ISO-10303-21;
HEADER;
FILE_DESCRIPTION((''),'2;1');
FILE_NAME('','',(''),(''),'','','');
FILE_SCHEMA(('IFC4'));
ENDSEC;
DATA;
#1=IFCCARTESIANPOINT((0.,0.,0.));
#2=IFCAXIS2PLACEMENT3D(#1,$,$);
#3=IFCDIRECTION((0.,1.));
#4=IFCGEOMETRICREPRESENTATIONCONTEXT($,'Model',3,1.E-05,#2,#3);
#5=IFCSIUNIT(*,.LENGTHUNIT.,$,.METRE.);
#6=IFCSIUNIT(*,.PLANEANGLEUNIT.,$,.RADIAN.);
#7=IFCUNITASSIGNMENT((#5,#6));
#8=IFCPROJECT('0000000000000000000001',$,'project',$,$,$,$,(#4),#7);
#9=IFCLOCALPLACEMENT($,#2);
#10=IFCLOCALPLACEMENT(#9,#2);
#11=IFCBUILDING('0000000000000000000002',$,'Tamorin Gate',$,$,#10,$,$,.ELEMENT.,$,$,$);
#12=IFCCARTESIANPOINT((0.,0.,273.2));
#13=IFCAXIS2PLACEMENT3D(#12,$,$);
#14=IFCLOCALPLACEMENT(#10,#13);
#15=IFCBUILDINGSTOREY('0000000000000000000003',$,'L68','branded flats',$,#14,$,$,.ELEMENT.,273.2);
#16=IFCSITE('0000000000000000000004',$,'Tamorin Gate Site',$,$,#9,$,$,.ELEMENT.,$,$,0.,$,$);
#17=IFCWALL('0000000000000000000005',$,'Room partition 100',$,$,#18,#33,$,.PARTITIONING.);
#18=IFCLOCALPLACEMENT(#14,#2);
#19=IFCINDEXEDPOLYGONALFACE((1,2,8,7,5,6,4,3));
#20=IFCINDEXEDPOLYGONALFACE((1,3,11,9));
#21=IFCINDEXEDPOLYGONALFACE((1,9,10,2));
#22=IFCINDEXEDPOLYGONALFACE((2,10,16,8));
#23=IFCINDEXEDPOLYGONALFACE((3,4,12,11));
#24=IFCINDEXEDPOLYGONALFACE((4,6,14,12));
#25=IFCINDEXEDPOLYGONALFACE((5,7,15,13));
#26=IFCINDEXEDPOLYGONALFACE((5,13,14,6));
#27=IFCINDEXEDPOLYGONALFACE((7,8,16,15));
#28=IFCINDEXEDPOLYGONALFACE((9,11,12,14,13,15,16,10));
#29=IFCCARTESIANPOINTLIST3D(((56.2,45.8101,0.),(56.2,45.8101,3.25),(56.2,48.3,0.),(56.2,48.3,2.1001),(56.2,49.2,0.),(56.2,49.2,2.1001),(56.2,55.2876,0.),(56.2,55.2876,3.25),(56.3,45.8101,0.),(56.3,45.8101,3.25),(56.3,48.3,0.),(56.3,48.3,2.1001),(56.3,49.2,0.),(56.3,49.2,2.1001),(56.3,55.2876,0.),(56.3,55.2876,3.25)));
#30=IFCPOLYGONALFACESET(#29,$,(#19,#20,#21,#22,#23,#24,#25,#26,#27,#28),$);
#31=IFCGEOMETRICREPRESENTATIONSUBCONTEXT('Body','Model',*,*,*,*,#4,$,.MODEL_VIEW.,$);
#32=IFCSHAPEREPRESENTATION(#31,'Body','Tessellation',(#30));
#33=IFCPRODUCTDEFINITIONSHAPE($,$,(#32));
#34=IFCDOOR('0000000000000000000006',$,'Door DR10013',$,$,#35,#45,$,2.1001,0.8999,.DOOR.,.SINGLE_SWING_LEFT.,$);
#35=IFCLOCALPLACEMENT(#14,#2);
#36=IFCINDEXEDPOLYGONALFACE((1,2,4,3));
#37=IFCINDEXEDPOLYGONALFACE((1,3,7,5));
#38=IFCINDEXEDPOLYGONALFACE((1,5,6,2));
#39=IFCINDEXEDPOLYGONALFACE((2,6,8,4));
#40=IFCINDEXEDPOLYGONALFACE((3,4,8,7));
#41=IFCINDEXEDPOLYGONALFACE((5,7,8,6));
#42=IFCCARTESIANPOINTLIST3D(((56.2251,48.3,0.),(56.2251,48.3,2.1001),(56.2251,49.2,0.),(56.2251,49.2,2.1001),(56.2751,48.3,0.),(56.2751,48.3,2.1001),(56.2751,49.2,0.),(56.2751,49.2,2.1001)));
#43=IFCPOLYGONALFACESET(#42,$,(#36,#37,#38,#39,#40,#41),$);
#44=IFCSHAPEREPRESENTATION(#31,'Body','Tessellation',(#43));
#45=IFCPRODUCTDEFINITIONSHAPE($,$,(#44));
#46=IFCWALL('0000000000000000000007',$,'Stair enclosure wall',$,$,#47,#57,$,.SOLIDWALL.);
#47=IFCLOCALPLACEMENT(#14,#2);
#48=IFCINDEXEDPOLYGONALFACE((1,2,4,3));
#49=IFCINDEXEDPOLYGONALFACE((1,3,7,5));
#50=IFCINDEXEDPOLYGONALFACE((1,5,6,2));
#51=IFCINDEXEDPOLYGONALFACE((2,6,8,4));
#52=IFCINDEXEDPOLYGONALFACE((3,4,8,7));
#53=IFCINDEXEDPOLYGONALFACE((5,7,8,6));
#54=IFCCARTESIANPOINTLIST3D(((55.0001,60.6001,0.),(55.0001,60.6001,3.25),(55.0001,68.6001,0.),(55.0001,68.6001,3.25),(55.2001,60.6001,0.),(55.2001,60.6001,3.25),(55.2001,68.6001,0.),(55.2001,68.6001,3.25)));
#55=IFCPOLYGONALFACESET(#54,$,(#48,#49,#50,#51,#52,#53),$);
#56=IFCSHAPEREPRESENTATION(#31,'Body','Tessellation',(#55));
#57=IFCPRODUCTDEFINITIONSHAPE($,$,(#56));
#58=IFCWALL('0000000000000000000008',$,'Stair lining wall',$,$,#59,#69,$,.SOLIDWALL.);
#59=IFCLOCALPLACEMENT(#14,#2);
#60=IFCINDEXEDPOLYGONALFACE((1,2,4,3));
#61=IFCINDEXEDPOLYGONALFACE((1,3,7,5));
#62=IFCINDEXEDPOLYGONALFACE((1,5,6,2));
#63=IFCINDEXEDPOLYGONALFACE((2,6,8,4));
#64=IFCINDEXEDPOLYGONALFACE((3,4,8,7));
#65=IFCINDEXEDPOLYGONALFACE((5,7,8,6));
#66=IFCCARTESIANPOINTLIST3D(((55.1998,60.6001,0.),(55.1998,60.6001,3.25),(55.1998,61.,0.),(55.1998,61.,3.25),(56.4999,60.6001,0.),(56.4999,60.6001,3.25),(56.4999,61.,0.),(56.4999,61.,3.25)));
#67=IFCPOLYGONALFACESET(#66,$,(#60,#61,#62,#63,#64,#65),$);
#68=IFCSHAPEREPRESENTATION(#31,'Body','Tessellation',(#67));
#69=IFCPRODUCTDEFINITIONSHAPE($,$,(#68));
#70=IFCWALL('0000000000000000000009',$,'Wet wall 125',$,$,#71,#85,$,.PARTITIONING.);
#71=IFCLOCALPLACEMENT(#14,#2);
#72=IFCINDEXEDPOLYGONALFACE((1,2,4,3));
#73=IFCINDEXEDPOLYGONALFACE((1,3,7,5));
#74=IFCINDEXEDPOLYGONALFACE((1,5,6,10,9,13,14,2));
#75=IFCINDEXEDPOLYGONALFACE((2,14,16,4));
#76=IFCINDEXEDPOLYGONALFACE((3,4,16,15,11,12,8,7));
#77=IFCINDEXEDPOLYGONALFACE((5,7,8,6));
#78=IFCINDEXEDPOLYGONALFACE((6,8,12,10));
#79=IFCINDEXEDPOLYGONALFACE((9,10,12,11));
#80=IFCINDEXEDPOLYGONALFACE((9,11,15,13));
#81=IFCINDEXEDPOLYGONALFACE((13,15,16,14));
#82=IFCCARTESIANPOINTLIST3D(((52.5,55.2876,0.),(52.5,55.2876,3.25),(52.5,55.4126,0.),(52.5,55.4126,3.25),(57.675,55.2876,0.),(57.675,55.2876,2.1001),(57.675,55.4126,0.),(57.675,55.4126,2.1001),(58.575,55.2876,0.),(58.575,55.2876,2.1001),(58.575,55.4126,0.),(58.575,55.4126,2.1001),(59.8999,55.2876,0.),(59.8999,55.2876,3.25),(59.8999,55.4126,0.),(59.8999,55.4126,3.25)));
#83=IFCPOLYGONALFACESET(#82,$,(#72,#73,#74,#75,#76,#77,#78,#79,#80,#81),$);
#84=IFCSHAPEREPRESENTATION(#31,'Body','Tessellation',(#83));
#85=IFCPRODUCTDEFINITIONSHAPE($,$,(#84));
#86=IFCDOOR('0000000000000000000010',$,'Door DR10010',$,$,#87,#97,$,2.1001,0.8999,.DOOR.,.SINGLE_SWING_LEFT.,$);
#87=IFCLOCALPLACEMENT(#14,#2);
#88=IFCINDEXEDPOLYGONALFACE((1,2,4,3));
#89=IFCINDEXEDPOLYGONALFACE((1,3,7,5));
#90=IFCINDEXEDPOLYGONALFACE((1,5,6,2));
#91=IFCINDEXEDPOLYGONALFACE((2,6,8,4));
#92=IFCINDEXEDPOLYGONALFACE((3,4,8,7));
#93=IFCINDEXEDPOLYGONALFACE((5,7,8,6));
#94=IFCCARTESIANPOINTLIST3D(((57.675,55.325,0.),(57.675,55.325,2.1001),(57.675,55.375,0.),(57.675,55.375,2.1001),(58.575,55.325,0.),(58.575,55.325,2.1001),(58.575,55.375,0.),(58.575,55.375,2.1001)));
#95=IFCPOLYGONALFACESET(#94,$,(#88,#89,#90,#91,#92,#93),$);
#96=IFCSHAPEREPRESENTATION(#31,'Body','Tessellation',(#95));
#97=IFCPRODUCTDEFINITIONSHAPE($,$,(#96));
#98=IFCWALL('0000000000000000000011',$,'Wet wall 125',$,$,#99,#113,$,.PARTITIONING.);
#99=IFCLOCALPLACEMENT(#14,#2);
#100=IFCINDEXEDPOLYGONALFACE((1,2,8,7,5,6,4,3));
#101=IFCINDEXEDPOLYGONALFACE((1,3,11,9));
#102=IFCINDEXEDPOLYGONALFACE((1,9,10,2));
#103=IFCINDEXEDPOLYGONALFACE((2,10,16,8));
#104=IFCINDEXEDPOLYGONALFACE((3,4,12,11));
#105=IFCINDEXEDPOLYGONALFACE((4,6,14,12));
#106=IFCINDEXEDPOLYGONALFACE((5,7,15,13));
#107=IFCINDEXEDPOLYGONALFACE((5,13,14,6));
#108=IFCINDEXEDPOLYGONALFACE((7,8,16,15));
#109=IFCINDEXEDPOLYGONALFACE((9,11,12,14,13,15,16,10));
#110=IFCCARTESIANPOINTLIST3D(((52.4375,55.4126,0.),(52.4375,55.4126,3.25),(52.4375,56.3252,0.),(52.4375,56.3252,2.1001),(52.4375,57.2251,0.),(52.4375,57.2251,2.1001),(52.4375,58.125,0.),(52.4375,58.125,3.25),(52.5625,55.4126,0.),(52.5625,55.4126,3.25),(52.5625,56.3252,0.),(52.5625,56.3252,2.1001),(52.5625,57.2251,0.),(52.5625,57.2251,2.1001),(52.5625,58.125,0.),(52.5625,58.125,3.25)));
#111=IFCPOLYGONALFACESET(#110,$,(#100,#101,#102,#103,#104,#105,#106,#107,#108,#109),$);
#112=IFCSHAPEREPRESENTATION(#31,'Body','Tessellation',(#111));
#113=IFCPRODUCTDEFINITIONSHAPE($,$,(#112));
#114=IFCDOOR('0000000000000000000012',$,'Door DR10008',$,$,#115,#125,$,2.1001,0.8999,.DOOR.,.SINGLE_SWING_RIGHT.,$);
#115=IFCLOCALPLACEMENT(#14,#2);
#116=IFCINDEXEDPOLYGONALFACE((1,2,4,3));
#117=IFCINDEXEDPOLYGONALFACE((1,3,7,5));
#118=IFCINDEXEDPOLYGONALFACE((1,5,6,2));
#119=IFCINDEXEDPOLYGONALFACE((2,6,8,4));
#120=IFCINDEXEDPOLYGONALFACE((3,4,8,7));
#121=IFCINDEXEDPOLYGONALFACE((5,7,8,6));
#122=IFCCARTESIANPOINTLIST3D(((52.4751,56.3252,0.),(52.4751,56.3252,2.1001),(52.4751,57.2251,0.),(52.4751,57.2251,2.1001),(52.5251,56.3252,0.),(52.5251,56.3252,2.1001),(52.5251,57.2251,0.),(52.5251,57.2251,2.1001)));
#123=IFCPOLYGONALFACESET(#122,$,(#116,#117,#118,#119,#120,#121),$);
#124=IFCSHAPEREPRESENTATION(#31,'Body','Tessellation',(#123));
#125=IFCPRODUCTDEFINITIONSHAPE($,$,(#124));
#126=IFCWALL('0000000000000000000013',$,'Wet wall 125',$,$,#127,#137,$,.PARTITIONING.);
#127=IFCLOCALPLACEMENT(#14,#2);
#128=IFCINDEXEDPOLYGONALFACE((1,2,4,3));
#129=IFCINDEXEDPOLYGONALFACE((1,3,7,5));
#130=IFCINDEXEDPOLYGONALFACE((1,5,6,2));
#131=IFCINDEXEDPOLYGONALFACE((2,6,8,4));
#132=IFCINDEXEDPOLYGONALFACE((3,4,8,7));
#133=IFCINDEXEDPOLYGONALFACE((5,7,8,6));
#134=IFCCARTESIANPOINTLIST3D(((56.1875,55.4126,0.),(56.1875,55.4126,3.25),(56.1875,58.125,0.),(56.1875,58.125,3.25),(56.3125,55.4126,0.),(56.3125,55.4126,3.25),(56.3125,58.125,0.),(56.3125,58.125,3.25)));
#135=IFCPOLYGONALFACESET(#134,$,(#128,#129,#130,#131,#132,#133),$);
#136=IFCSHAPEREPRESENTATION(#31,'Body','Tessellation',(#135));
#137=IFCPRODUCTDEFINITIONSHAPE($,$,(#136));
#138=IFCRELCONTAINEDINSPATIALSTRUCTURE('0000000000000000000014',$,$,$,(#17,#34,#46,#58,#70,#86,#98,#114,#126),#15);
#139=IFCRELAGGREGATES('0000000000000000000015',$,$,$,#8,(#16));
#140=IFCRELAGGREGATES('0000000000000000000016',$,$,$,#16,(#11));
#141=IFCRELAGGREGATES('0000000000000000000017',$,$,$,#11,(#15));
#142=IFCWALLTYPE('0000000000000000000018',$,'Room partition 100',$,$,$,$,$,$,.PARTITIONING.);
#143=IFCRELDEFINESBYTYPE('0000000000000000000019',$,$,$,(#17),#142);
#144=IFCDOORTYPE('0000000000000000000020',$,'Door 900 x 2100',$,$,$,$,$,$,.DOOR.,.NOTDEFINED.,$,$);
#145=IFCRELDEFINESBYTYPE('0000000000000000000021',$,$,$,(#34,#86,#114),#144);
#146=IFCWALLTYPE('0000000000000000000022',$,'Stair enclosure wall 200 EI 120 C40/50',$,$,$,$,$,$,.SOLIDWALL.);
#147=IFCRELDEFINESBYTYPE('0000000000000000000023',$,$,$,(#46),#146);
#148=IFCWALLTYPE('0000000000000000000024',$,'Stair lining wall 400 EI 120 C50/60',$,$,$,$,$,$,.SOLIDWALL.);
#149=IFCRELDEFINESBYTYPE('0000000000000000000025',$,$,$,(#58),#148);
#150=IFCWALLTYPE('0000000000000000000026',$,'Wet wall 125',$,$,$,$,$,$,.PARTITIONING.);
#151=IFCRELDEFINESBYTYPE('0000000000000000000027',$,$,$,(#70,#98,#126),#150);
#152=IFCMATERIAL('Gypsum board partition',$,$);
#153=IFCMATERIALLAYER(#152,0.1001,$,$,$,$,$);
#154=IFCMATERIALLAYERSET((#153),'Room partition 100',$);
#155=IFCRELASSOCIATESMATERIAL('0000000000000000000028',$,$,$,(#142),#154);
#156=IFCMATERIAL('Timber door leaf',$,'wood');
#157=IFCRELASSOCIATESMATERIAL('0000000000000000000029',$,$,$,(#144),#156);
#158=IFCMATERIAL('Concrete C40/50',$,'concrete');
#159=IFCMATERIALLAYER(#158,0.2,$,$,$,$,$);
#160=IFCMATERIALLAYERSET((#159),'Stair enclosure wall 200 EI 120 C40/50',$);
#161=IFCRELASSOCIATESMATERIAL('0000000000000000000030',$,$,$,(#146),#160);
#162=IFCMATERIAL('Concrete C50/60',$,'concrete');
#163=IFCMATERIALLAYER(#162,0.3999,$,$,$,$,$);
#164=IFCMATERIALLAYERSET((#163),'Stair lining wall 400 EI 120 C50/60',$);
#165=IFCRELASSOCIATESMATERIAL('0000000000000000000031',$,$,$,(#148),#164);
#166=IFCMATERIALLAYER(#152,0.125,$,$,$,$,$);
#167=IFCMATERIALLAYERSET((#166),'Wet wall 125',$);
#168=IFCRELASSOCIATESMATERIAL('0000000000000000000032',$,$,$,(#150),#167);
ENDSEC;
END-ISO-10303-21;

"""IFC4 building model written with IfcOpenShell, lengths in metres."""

from ifc_helpers import new_model, si_unit, direction, frame, frame_2d, origin, place, context, subcontext, project, spatial, rectangle, extrude, material, layer, layer_set, type_object, element, fill, save


model = new_model("IFC4")

# Units and contexts
model_context = context("Model", 3, precision=1e-05, world=origin(), true_north=direction((0.0, 1.0)))
body_context = subcontext(model_context, "Body", "Model", "MODEL_VIEW")
ifc_project = project(units=[si_unit("LENGTHUNIT", "METRE"), si_unit("PLANEANGLEUNIT", "RADIAN")], contexts=[model_context])

# Site, building, storey
site_placement = place(None, origin())
site = spatial("IfcSite", under=ifc_project, at=site_placement, Name="Tamorin Gate Site", CompositionType="ELEMENT", RefElevation=0.0)
building_placement = place(site_placement, origin())
building = spatial("IfcBuilding", under=site, at=building_placement, Name="Tamorin Gate", CompositionType="ELEMENT")
storey_placement = place(building_placement, frame((0.0, 0.0, 273.2)))
storey = spatial("IfcBuildingStorey", under=building, at=storey_placement, Name="L68", Description="branded flats", CompositionType="ELEMENT", Elevation=273.2)

# Shared definitions
ifc_material_1 = material(Name="Concrete C50/60", Category="concrete")

# Shared definitions
ifc_material_2 = material(Name="Gypsum board partition")
ifc_layer_1 = layer(ifc_material_2, 0.1001)
ifc_layer_set_1 = layer_set([ifc_layer_1], Name="Room partition 100")
wall_type_1 = type_object("IfcWallType", Name="Room partition 100", PredefinedType="PARTITIONING", material=ifc_layer_set_1)
ifc_material_3 = material(Name="Timber door leaf", Category="wood")
door_type = type_object("IfcDoorType", Name="Door 900 x 2100", OperationType="NOTDEFINED", PredefinedType="DOOR", material=ifc_material_3)

# Wall, opening, door
wall_1_placement = place(storey_placement, frame((56.25, 45.8101, 0.0), z_axis=(0.0, 0.0, 1.0), x_axis=(0.0, 1.0, 0.0)))
wall_1 = element("IfcWall", 1, at=wall_1_placement, inside=storey, type_object=wall_type_1, Name="Room partition 100", PredefinedType="PARTITIONING", context=body_context, shape_type="SweptSolid", body=[
    extrude(rectangle(XDim=9.4775, YDim=0.1001, at=frame_2d((4.7388, 0.0))), origin(), (0.0, 0.0, 1.0), 3.25),
])
opening_1_placement = place(wall_1_placement, frame((2.49, 0.0, 0.0)))
opening_1 = element("IfcOpeningElement", 2, at=opening_1_placement, cuts=wall_1, PredefinedType="OPENING", context=body_context, shape_type="SweptSolid", body=[
    extrude(rectangle(XDim=0.8999, YDim=2.1001, at=frame_2d((0.45, 1.05))), frame((0.0, 0.0601, 0.0), z_axis=(0.0, -1.0, 0.0), x_axis=(1.0, 0.0, 0.0)), (0.0, 0.0, 1.0), 0.1201),
])
door_1_placement = place(opening_1_placement, origin())
door_1 = element("IfcDoor", 3, at=door_1_placement, inside=storey, type_object=door_type, Name="Door DR10013", OperationType="SINGLE_SWING_LEFT", OverallHeight=2.1001, OverallWidth=0.8999, PredefinedType="DOOR", context=body_context, shape_type="SweptSolid", body=[
    extrude(rectangle(XDim=0.8999, YDim=2.1001, at=frame_2d((0.45, 1.05))), frame((0.0, 0.0249, 0.0), z_axis=(0.0, -1.0, 0.0), x_axis=(1.0, 0.0, 0.0)), (0.0, 0.0, 1.0), 0.05),
])
fill(opening_1, door_1)

# Walls
ifc_material_4 = material(Name="Concrete C40/50", Category="concrete")
ifc_layer_2 = layer(ifc_material_4, 0.2)
ifc_layer_set_2 = layer_set([ifc_layer_2], Name="Stair enclosure wall 200 EI 120 C40/50")
wall_type_2 = type_object("IfcWallType", Name="Stair enclosure wall 200 EI 120 C40/50", PredefinedType="SOLIDWALL", material=ifc_layer_set_2)
wall_2_placement = place(storey_placement, frame((55.1001, 60.6001, 0.0), z_axis=(0.0, 0.0, 1.0), x_axis=(0.0, 1.0, 0.0)))
element("IfcWall", 4, at=wall_2_placement, inside=storey, type_object=wall_type_2, Name="Stair enclosure wall", PredefinedType="SOLIDWALL", context=body_context, shape_type="SweptSolid", body=[
    extrude(rectangle(XDim=8.0, YDim=0.2, at=frame_2d((4.0, 0.0))), origin(), (0.0, 0.0, 1.0), 3.25),
])
ifc_layer_3 = layer(ifc_material_1, 0.3999)
ifc_layer_set_3 = layer_set([ifc_layer_3], Name="Stair lining wall 400 EI 120 C50/60")
wall_type_3 = type_object("IfcWallType", Name="Stair lining wall 400 EI 120 C50/60", PredefinedType="SOLIDWALL", material=ifc_layer_set_3)
wall_3_placement = place(storey_placement, frame((55.2, 60.8, 0.0), z_axis=(0.0, 0.0, 1.0), x_axis=(1.0, 0.0, 0.0)))
element("IfcWall", 5, at=wall_3_placement, inside=storey, type_object=wall_type_3, Name="Stair lining wall", PredefinedType="SOLIDWALL", context=body_context, shape_type="SweptSolid", body=[
    extrude(rectangle(XDim=1.3, YDim=0.3999, at=frame_2d((0.6499, 0.0))), origin(), (0.0, 0.0, 1.0), 3.25),
])

# Walls, openings, doors
ifc_layer_4 = layer(ifc_material_2, 0.125)
ifc_layer_set_4 = layer_set([ifc_layer_4], Name="Wet wall 125")
wall_type_4 = type_object("IfcWallType", Name="Wet wall 125", PredefinedType="PARTITIONING", material=ifc_layer_set_4)
wall_4_placement = place(storey_placement, frame((52.5, 55.3501, 0.0), z_axis=(0.0, 0.0, 1.0), x_axis=(1.0, 0.0, 0.0)))
wall_4 = element("IfcWall", 6, at=wall_4_placement, inside=storey, type_object=wall_type_4, Name="Wet wall 125", PredefinedType="PARTITIONING", context=body_context, shape_type="SweptSolid", body=[
    extrude(rectangle(XDim=7.3999, YDim=0.125, at=frame_2d((3.7, 0.0))), origin(), (0.0, 0.0, 1.0), 3.25),
])
opening_2_placement = place(wall_4_placement, frame((5.175, 0.0, 0.0)))
opening_2 = element("IfcOpeningElement", 7, at=opening_2_placement, cuts=wall_4, PredefinedType="OPENING", context=body_context, shape_type="SweptSolid", body=[
    extrude(rectangle(XDim=0.8999, YDim=2.1001, at=frame_2d((0.45, 1.05))), frame((0.0, 0.0725, 0.0), z_axis=(0.0, -1.0, 0.0), x_axis=(1.0, 0.0, 0.0)), (0.0, 0.0, 1.0), 0.145),
])
door_2_placement = place(opening_2_placement, origin())
door_2 = element("IfcDoor", 8, at=door_2_placement, inside=storey, type_object=door_type, Name="Door DR10010", OperationType="SINGLE_SWING_LEFT", OverallHeight=2.1001, OverallWidth=0.8999, PredefinedType="DOOR", context=body_context, shape_type="SweptSolid", body=[
    extrude(rectangle(XDim=0.8999, YDim=2.1001, at=frame_2d((0.45, 1.05))), frame((0.0, 0.0249, 0.0), z_axis=(0.0, -1.0, 0.0), x_axis=(1.0, 0.0, 0.0)), (0.0, 0.0, 1.0), 0.05),
])
fill(opening_2, door_2)
wall_5_placement = place(storey_placement, frame((52.5, 55.4126, 0.0), z_axis=(0.0, 0.0, 1.0), x_axis=(0.0, 1.0, 0.0)))
wall_5 = element("IfcWall", 9, at=wall_5_placement, inside=storey, type_object=wall_type_4, Name="Wet wall 125", PredefinedType="PARTITIONING", context=body_context, shape_type="SweptSolid", body=[
    extrude(rectangle(XDim=2.7124, YDim=0.125, at=frame_2d((1.3562, 0.0))), origin(), (0.0, 0.0, 1.0), 3.25),
])
opening_3_placement = place(wall_5_placement, frame((0.9126, 0.0, 0.0)))
opening_3 = element("IfcOpeningElement", 10, at=opening_3_placement, cuts=wall_5, PredefinedType="OPENING", context=body_context, shape_type="SweptSolid", body=[
    extrude(rectangle(XDim=0.8999, YDim=2.1001, at=frame_2d((0.45, 1.05))), frame((0.0, 0.0725, 0.0), z_axis=(0.0, -1.0, 0.0), x_axis=(1.0, 0.0, 0.0)), (0.0, 0.0, 1.0), 0.145),
])
door_3_placement = place(opening_3_placement, origin())
door_3 = element("IfcDoor", 11, at=door_3_placement, inside=storey, type_object=door_type, Name="Door DR10008", OperationType="SINGLE_SWING_RIGHT", OverallHeight=2.1001, OverallWidth=0.8999, PredefinedType="DOOR", context=body_context, shape_type="SweptSolid", body=[
    extrude(rectangle(XDim=0.8999, YDim=2.1001, at=frame_2d((0.45, 1.05))), frame((0.0, 0.0249, 0.0), z_axis=(0.0, -1.0, 0.0), x_axis=(1.0, 0.0, 0.0)), (0.0, 0.0, 1.0), 0.05),
])
fill(opening_3, door_3)

# Wall
wall_6_placement = place(storey_placement, frame((56.25, 55.4126, 0.0), z_axis=(0.0, 0.0, 1.0), x_axis=(0.0, 1.0, 0.0)))
element("IfcWall", 12, at=wall_6_placement, inside=storey, type_object=wall_type_4, Name="Wet wall 125", PredefinedType="PARTITIONING", context=body_context, shape_type="SweptSolid", body=[
    extrude(rectangle(XDim=2.7124, YDim=0.125, at=frame_2d((1.3562, 0.0))), origin(), (0.0, 0.0, 1.0), 3.25),
])

save(model, "model.ifc")
